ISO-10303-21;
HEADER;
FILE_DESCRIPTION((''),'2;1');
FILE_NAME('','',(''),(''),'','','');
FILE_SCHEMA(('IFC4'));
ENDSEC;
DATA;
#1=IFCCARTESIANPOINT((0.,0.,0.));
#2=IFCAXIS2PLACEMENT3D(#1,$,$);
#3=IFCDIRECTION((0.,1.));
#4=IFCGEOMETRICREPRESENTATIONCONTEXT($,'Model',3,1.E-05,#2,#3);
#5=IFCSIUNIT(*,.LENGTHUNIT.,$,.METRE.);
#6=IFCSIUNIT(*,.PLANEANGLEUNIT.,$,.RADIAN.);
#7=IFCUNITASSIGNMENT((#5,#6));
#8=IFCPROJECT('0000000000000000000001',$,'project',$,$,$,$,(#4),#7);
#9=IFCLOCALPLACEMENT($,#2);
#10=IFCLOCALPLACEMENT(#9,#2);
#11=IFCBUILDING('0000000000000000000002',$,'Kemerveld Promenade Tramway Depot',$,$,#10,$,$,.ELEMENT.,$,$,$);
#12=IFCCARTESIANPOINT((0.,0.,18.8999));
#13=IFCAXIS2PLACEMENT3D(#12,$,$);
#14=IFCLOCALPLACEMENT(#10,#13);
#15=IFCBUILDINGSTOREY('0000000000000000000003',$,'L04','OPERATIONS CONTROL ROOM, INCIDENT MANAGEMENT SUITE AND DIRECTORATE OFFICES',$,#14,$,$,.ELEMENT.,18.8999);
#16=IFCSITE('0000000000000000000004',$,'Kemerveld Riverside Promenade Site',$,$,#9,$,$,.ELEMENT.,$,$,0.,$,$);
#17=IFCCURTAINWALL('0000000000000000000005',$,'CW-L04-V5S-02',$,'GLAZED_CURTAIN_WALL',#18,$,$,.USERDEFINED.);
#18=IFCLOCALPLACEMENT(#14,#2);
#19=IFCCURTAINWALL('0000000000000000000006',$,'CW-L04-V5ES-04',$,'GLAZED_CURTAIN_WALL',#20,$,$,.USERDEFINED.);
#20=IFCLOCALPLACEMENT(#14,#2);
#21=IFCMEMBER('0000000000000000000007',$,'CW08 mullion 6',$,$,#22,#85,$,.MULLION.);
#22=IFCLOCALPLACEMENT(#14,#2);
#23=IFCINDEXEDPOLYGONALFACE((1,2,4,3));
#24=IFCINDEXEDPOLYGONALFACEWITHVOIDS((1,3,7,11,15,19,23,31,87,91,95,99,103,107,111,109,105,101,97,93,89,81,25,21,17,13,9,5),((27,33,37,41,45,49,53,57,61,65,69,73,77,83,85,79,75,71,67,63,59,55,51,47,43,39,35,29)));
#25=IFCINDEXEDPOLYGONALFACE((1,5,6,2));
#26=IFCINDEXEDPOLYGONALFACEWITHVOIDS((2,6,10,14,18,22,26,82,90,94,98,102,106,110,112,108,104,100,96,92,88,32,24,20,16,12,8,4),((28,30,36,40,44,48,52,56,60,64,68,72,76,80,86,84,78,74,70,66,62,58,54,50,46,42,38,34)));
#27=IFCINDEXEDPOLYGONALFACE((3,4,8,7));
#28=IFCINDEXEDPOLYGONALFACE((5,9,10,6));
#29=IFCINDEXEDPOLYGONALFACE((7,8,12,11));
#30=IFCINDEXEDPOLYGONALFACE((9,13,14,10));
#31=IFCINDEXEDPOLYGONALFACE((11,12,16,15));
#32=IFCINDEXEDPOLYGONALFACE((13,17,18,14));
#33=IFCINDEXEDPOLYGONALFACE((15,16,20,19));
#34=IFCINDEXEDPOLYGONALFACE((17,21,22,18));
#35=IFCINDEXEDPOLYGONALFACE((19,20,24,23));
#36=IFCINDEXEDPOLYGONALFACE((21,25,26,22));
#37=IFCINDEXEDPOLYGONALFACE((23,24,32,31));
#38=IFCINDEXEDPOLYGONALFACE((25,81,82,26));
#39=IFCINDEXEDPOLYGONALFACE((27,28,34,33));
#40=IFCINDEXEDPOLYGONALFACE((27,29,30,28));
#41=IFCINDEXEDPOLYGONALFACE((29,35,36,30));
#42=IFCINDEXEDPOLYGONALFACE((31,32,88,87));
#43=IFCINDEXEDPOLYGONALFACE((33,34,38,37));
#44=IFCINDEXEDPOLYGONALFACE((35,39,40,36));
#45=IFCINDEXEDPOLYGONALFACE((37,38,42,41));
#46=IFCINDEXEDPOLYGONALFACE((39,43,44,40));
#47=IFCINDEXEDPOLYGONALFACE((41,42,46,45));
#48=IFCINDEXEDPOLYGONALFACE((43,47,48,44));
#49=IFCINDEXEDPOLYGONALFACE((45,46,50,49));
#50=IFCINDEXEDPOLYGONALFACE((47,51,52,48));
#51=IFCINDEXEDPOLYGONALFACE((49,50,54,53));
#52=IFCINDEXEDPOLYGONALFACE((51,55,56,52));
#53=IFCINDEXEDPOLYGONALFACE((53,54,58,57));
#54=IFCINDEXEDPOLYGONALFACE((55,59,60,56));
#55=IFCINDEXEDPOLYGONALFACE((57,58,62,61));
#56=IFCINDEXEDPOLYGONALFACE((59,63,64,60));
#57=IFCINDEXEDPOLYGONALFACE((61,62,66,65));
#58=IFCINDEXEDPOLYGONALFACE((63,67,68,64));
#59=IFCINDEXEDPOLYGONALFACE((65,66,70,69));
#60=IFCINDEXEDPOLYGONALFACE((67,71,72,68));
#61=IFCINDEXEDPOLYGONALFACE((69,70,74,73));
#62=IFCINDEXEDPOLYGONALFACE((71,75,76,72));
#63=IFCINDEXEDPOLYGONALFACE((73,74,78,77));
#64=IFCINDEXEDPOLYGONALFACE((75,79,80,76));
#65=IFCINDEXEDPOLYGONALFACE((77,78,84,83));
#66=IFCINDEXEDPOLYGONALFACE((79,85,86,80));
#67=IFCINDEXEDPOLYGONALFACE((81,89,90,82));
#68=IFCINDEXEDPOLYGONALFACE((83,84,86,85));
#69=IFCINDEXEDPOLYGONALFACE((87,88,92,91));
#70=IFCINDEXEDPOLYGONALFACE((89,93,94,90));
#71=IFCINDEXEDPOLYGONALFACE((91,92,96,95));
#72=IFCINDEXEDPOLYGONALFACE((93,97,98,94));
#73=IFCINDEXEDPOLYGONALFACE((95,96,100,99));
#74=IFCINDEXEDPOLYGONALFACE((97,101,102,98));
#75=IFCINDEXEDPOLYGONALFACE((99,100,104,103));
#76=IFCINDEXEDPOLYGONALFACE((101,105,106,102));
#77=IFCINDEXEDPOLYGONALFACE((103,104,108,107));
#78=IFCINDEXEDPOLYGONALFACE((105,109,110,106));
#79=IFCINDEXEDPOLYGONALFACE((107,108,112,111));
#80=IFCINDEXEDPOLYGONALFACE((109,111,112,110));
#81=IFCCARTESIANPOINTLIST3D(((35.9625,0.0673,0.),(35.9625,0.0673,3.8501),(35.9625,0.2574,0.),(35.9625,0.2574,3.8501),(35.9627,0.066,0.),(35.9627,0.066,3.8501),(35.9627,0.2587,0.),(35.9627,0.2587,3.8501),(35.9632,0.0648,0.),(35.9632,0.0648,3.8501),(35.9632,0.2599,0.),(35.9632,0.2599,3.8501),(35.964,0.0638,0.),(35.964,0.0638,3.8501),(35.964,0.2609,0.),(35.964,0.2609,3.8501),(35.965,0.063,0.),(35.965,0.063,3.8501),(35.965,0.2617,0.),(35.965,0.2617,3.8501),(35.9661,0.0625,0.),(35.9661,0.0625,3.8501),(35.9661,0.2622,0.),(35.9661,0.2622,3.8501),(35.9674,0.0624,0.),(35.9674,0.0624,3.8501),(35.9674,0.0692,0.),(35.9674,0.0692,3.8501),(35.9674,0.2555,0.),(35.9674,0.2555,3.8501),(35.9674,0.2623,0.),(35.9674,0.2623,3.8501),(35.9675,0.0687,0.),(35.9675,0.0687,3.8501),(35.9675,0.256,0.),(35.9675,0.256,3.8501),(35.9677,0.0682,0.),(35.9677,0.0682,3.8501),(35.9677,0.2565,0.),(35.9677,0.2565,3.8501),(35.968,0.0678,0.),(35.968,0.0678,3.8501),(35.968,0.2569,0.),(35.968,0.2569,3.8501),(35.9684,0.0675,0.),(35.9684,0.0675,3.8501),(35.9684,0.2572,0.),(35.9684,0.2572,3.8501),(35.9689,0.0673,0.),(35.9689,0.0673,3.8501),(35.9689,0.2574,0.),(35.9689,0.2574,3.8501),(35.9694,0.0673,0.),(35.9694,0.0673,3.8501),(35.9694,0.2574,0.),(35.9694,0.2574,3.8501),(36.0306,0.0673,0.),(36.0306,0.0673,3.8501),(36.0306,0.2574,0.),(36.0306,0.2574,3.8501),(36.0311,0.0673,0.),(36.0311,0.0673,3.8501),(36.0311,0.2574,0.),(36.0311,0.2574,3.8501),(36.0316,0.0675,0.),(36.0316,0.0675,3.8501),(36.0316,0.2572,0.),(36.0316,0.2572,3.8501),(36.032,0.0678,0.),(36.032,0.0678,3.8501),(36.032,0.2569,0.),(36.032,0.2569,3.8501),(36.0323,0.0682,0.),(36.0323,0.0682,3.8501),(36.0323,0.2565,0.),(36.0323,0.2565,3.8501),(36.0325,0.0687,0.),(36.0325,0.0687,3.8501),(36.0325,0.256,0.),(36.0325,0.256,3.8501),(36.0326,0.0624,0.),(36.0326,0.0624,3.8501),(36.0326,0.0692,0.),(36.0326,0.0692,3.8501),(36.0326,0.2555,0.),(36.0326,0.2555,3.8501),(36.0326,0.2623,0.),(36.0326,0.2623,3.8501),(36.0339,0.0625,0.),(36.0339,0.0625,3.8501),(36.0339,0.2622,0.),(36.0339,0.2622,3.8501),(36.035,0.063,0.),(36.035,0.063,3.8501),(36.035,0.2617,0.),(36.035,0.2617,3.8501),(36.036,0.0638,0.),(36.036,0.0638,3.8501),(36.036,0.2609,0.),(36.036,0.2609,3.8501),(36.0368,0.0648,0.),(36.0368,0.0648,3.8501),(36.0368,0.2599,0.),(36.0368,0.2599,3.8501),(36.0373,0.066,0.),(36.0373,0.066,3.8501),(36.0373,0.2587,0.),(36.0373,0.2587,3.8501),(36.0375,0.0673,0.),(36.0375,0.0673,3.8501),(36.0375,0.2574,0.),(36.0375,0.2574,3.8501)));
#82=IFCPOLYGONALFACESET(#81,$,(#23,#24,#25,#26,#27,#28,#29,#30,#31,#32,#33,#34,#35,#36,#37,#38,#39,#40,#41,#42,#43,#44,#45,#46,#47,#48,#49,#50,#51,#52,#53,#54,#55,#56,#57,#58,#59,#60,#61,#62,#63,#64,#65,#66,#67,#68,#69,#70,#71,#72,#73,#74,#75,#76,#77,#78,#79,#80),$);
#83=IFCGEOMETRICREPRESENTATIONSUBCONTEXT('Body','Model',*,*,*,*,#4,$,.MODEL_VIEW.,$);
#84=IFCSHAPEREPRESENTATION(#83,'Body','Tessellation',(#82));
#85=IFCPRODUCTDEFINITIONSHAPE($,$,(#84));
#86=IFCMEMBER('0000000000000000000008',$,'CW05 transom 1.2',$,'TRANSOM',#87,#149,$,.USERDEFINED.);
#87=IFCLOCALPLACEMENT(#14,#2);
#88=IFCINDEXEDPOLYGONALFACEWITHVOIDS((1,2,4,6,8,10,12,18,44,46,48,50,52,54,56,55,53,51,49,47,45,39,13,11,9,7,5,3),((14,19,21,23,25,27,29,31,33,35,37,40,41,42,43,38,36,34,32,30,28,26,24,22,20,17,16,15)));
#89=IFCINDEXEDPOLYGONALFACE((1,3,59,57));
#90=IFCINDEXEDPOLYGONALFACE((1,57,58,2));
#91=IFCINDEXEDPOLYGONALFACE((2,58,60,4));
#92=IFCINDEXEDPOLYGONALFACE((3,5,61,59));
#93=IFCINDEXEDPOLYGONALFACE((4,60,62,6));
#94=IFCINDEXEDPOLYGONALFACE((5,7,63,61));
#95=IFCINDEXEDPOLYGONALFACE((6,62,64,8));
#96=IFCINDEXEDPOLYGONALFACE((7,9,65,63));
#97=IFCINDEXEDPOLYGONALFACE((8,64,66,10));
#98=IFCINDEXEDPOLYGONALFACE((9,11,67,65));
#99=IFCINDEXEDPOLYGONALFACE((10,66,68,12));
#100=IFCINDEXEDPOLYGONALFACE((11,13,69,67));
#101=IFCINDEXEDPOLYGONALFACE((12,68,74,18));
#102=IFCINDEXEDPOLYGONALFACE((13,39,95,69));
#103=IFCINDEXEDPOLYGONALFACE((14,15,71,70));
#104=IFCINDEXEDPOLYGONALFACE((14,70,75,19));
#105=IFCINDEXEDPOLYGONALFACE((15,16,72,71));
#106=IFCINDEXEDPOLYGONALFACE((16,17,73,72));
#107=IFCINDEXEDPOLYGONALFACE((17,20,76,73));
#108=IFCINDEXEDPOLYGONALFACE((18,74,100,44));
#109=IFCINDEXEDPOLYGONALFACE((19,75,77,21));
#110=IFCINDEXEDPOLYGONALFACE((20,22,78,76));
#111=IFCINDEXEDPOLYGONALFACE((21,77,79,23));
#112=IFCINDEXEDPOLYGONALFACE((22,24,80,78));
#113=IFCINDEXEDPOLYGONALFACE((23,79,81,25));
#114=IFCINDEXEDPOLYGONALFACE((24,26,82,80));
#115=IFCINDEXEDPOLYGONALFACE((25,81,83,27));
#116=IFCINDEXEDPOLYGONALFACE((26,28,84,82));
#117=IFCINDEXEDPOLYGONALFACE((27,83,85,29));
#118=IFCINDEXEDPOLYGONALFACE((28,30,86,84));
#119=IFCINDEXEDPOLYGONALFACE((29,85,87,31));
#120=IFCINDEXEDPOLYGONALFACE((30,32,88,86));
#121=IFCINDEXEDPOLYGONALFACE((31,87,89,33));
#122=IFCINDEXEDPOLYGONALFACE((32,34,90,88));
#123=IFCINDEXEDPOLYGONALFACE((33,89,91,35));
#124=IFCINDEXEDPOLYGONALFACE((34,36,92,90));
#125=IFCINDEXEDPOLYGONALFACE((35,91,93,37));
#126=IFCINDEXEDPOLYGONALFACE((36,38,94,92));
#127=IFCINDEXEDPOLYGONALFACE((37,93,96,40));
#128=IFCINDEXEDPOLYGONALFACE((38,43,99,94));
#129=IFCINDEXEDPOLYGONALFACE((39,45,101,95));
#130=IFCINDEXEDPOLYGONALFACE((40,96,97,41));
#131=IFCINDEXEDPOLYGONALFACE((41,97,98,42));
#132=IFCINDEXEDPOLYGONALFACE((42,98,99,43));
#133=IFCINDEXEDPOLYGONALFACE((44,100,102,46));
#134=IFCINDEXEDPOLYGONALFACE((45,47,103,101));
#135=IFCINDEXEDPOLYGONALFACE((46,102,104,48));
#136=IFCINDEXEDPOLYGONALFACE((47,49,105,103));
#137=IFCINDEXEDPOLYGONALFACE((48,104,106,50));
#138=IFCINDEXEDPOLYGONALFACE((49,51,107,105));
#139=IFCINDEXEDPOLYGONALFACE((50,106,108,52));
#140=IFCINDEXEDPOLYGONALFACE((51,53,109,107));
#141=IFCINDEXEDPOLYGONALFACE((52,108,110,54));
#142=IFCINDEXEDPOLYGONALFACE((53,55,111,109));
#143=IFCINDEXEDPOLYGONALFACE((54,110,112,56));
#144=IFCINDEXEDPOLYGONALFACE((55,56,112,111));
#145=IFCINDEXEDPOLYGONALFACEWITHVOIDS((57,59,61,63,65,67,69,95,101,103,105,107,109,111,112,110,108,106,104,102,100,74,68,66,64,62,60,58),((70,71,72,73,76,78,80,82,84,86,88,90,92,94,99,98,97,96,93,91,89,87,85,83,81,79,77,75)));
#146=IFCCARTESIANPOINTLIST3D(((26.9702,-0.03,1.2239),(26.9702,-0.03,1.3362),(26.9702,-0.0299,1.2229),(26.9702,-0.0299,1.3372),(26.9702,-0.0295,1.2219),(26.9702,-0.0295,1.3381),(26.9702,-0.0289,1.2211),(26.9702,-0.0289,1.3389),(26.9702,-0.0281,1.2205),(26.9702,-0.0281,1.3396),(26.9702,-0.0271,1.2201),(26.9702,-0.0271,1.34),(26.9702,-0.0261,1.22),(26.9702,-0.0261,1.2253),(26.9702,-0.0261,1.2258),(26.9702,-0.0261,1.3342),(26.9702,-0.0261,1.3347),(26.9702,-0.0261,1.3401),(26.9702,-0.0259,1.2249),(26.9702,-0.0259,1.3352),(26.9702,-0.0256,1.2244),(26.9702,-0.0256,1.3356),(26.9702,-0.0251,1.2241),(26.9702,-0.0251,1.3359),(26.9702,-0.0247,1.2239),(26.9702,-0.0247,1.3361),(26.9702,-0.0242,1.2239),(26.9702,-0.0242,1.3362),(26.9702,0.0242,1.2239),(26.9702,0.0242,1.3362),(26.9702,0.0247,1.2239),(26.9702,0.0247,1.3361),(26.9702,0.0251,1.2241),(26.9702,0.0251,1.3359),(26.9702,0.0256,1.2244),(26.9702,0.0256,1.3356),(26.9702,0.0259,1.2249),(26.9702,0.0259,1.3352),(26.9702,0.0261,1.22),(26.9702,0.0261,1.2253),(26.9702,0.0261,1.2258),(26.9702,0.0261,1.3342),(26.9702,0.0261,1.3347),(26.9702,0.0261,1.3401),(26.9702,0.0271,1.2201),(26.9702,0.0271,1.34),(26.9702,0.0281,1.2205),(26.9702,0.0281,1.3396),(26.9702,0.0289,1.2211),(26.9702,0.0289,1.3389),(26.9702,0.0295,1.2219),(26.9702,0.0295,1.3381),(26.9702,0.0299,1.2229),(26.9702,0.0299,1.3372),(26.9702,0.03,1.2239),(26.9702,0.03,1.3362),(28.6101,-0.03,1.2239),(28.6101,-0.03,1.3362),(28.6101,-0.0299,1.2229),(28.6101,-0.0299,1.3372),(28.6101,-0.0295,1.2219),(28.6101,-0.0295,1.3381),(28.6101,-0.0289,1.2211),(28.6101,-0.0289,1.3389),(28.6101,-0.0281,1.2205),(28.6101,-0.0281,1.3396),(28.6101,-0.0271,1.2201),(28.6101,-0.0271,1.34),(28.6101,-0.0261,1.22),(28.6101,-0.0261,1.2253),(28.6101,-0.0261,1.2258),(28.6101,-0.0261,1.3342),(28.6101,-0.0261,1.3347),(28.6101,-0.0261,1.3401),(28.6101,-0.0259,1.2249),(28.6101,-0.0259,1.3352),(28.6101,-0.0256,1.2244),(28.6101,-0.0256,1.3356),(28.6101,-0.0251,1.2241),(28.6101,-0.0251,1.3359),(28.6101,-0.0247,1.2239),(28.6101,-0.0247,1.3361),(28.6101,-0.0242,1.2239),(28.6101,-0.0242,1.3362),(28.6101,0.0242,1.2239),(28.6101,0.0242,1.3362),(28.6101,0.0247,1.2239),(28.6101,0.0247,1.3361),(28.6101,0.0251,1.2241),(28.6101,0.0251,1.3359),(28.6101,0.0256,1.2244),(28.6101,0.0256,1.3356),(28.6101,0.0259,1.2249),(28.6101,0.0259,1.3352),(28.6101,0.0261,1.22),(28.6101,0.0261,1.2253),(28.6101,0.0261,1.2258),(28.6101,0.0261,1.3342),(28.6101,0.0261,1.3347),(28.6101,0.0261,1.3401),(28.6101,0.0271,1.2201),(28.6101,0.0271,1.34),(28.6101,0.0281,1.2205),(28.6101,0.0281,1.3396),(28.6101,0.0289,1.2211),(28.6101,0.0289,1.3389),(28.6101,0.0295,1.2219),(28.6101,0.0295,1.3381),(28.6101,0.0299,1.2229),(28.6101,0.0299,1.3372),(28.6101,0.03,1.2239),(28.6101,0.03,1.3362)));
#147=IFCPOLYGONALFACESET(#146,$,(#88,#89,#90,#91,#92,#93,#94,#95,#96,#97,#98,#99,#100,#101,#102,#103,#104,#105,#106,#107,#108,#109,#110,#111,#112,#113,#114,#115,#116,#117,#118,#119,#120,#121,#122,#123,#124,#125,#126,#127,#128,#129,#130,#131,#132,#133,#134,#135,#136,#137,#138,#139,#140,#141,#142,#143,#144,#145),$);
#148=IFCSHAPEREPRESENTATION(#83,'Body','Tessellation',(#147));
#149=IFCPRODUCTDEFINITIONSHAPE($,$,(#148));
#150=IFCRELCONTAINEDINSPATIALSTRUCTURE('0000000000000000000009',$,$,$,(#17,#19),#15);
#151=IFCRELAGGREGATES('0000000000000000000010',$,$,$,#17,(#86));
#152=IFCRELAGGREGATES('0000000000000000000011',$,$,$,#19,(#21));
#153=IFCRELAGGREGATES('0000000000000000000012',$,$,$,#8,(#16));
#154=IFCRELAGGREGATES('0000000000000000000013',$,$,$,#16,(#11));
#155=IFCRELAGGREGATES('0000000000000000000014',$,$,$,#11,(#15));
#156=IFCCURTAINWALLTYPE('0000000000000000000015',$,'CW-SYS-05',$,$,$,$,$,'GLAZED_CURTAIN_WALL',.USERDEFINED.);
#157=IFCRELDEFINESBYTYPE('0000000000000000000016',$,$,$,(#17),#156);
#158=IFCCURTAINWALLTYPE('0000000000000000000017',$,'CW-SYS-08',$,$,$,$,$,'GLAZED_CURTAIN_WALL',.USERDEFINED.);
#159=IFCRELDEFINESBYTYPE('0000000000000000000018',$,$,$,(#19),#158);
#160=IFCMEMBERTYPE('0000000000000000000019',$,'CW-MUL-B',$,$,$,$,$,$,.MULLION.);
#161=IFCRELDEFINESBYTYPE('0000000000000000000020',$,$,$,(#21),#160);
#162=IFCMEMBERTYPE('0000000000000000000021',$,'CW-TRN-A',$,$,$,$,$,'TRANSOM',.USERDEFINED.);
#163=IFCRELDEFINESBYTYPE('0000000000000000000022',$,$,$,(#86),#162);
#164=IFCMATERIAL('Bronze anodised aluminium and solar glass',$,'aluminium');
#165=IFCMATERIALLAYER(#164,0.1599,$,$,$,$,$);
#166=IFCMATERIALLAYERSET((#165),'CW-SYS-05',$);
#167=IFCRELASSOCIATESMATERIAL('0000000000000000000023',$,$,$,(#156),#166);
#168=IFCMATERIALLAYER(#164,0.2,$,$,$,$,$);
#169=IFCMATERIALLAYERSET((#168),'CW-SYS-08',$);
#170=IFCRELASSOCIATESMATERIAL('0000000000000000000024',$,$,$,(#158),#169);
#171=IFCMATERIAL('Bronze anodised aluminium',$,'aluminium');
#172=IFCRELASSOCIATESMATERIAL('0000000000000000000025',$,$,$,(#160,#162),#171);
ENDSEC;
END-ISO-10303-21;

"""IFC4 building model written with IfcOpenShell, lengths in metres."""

from ifc_helpers import new_model, si_unit, direction, frame, origin, origin_2d, place, context, subcontext, project, spatial, hollow_rectangle, extrude, material, layer, layer_set, material_profile, profile_set, type_object, element, aggregate, save


model = new_model("IFC4")

# Units and contexts
model_context = context("Model", 3, precision=1e-05, world=origin(), true_north=direction((0.0, 1.0)))
body_context = subcontext(model_context, "Body", "Model", "MODEL_VIEW")
ifc_project = project(units=[si_unit("LENGTHUNIT", "METRE"), si_unit("PLANEANGLEUNIT", "RADIAN")], contexts=[model_context])

# Site, building, storey
site_placement = place(None, origin())
site = spatial("IfcSite", under=ifc_project, at=site_placement, Name="Kemerveld Riverside Promenade Site", CompositionType="ELEMENT", RefElevation=0.0)
building_placement = place(site_placement, origin())
building = spatial("IfcBuilding", under=site, at=building_placement, Name="Kemerveld Promenade Tramway Depot", CompositionType="ELEMENT")
storey_placement = place(building_placement, frame((0.0, 0.0, 18.8999)))
storey = spatial("IfcBuildingStorey", under=building, at=storey_placement, Name="L04", Description="OPERATIONS CONTROL ROOM, INCIDENT MANAGEMENT SUITE AND DIRECTORATE OFFICES", CompositionType="ELEMENT", Elevation=18.8999)

# Curtain wall
ifc_material_1 = material(Name="Bronze anodised aluminium and solar glass", Category="aluminium")
ifc_layer_1 = layer(ifc_material_1, 0.1599)
ifc_layer_set_1 = layer_set([ifc_layer_1], Name="CW-SYS-05")
curtain_wall_type_1 = type_object("IfcCurtainWallType", Name="CW-SYS-05", ElementType="GLAZED_CURTAIN_WALL", PredefinedType="USERDEFINED", material=ifc_layer_set_1)
curtain_wall_1_placement = place(storey_placement, origin())
curtain_wall_1 = element("IfcCurtainWall", 1, at=curtain_wall_1_placement, inside=storey, type_object=curtain_wall_type_1, Name="CW-L04-V5S-02", ObjectType="GLAZED_CURTAIN_WALL", PredefinedType="USERDEFINED")
ifc_material_2 = material(Name="Bronze anodised aluminium", Category="aluminium")

# Curtain wall, member
ifc_layer_2 = layer(ifc_material_1, 0.2)
ifc_layer_set_2 = layer_set([ifc_layer_2], Name="CW-SYS-08")
curtain_wall_type_2 = type_object("IfcCurtainWallType", Name="CW-SYS-08", ElementType="GLAZED_CURTAIN_WALL", PredefinedType="USERDEFINED", material=ifc_layer_set_2)
curtain_wall_2_placement = place(storey_placement, origin())
curtain_wall_2 = element("IfcCurtainWall", 2, at=curtain_wall_2_placement, inside=storey, type_object=curtain_wall_type_2, Name="CW-L04-V5ES-04", ObjectType="GLAZED_CURTAIN_WALL", PredefinedType="USERDEFINED")
ifc_material_profile_1 = material_profile(ifc_material_2, hollow_rectangle(XDim=0.075, YDim=0.2, WallThickness=0.0049, InnerFilletRadius=0.002, OuterFilletRadius=0.0049, at=origin_2d()), Name="CW-MUL-200x75")
ifc_profile_set_1 = profile_set([ifc_material_profile_1], Name="Bronze anodised aluminium")
member_type_1 = type_object("IfcMemberType", Name="CW-MUL-B", PredefinedType="MULLION", material=ifc_profile_set_1)
member_1_placement = place(storey_placement, frame((36.0, 0.1624, 0.0), z_axis=(0.0, 0.0, 1.0), x_axis=(1.0, 0.0, 0.0)))
member_1 = element("IfcMember", 3, at=member_1_placement, type_object=member_type_1, Name="CW08 mullion 6", PredefinedType="MULLION", context=body_context, shape_type="SweptSolid", body=[
    extrude(hollow_rectangle(XDim=0.075, YDim=0.2, WallThickness=0.0049, InnerFilletRadius=0.002, OuterFilletRadius=0.0049, at=origin_2d()), origin(), (0.0, 0.0, 1.0), 3.8501),
])

# Member
ifc_material_profile_2 = material_profile(ifc_material_2, hollow_rectangle(XDim=0.0601, YDim=0.1201, WallThickness=0.0039, InnerFilletRadius=0.002, OuterFilletRadius=0.0039, at=origin_2d()), Name="CW-TRN-120x60")
ifc_profile_set_2 = profile_set([ifc_material_profile_2], Name="Bronze anodised aluminium")
member_type_2 = type_object("IfcMemberType", Name="CW-TRN-A", ElementType="TRANSOM", PredefinedType="USERDEFINED", material=ifc_profile_set_2)
member_2_placement = place(storey_placement, frame((28.6101, 0.0, 1.28), z_axis=(-1.0, 0.0, 0.0), x_axis=(0.0, -1.0, 0.0)))
member_2 = element("IfcMember", 4, at=member_2_placement, type_object=member_type_2, Name="CW05 transom 1.2", ObjectType="TRANSOM", PredefinedType="USERDEFINED", context=body_context, shape_type="SweptSolid", body=[
    extrude(hollow_rectangle(XDim=0.0601, YDim=0.1201, WallThickness=0.0039, InnerFilletRadius=0.002, OuterFilletRadius=0.0039, at=origin_2d()), origin(), (0.0, 0.0, 1.0), 1.6399),
])
aggregate(curtain_wall_1, [member_2])

aggregate(curtain_wall_2, [member_1])

save(model, "model.ifc")
